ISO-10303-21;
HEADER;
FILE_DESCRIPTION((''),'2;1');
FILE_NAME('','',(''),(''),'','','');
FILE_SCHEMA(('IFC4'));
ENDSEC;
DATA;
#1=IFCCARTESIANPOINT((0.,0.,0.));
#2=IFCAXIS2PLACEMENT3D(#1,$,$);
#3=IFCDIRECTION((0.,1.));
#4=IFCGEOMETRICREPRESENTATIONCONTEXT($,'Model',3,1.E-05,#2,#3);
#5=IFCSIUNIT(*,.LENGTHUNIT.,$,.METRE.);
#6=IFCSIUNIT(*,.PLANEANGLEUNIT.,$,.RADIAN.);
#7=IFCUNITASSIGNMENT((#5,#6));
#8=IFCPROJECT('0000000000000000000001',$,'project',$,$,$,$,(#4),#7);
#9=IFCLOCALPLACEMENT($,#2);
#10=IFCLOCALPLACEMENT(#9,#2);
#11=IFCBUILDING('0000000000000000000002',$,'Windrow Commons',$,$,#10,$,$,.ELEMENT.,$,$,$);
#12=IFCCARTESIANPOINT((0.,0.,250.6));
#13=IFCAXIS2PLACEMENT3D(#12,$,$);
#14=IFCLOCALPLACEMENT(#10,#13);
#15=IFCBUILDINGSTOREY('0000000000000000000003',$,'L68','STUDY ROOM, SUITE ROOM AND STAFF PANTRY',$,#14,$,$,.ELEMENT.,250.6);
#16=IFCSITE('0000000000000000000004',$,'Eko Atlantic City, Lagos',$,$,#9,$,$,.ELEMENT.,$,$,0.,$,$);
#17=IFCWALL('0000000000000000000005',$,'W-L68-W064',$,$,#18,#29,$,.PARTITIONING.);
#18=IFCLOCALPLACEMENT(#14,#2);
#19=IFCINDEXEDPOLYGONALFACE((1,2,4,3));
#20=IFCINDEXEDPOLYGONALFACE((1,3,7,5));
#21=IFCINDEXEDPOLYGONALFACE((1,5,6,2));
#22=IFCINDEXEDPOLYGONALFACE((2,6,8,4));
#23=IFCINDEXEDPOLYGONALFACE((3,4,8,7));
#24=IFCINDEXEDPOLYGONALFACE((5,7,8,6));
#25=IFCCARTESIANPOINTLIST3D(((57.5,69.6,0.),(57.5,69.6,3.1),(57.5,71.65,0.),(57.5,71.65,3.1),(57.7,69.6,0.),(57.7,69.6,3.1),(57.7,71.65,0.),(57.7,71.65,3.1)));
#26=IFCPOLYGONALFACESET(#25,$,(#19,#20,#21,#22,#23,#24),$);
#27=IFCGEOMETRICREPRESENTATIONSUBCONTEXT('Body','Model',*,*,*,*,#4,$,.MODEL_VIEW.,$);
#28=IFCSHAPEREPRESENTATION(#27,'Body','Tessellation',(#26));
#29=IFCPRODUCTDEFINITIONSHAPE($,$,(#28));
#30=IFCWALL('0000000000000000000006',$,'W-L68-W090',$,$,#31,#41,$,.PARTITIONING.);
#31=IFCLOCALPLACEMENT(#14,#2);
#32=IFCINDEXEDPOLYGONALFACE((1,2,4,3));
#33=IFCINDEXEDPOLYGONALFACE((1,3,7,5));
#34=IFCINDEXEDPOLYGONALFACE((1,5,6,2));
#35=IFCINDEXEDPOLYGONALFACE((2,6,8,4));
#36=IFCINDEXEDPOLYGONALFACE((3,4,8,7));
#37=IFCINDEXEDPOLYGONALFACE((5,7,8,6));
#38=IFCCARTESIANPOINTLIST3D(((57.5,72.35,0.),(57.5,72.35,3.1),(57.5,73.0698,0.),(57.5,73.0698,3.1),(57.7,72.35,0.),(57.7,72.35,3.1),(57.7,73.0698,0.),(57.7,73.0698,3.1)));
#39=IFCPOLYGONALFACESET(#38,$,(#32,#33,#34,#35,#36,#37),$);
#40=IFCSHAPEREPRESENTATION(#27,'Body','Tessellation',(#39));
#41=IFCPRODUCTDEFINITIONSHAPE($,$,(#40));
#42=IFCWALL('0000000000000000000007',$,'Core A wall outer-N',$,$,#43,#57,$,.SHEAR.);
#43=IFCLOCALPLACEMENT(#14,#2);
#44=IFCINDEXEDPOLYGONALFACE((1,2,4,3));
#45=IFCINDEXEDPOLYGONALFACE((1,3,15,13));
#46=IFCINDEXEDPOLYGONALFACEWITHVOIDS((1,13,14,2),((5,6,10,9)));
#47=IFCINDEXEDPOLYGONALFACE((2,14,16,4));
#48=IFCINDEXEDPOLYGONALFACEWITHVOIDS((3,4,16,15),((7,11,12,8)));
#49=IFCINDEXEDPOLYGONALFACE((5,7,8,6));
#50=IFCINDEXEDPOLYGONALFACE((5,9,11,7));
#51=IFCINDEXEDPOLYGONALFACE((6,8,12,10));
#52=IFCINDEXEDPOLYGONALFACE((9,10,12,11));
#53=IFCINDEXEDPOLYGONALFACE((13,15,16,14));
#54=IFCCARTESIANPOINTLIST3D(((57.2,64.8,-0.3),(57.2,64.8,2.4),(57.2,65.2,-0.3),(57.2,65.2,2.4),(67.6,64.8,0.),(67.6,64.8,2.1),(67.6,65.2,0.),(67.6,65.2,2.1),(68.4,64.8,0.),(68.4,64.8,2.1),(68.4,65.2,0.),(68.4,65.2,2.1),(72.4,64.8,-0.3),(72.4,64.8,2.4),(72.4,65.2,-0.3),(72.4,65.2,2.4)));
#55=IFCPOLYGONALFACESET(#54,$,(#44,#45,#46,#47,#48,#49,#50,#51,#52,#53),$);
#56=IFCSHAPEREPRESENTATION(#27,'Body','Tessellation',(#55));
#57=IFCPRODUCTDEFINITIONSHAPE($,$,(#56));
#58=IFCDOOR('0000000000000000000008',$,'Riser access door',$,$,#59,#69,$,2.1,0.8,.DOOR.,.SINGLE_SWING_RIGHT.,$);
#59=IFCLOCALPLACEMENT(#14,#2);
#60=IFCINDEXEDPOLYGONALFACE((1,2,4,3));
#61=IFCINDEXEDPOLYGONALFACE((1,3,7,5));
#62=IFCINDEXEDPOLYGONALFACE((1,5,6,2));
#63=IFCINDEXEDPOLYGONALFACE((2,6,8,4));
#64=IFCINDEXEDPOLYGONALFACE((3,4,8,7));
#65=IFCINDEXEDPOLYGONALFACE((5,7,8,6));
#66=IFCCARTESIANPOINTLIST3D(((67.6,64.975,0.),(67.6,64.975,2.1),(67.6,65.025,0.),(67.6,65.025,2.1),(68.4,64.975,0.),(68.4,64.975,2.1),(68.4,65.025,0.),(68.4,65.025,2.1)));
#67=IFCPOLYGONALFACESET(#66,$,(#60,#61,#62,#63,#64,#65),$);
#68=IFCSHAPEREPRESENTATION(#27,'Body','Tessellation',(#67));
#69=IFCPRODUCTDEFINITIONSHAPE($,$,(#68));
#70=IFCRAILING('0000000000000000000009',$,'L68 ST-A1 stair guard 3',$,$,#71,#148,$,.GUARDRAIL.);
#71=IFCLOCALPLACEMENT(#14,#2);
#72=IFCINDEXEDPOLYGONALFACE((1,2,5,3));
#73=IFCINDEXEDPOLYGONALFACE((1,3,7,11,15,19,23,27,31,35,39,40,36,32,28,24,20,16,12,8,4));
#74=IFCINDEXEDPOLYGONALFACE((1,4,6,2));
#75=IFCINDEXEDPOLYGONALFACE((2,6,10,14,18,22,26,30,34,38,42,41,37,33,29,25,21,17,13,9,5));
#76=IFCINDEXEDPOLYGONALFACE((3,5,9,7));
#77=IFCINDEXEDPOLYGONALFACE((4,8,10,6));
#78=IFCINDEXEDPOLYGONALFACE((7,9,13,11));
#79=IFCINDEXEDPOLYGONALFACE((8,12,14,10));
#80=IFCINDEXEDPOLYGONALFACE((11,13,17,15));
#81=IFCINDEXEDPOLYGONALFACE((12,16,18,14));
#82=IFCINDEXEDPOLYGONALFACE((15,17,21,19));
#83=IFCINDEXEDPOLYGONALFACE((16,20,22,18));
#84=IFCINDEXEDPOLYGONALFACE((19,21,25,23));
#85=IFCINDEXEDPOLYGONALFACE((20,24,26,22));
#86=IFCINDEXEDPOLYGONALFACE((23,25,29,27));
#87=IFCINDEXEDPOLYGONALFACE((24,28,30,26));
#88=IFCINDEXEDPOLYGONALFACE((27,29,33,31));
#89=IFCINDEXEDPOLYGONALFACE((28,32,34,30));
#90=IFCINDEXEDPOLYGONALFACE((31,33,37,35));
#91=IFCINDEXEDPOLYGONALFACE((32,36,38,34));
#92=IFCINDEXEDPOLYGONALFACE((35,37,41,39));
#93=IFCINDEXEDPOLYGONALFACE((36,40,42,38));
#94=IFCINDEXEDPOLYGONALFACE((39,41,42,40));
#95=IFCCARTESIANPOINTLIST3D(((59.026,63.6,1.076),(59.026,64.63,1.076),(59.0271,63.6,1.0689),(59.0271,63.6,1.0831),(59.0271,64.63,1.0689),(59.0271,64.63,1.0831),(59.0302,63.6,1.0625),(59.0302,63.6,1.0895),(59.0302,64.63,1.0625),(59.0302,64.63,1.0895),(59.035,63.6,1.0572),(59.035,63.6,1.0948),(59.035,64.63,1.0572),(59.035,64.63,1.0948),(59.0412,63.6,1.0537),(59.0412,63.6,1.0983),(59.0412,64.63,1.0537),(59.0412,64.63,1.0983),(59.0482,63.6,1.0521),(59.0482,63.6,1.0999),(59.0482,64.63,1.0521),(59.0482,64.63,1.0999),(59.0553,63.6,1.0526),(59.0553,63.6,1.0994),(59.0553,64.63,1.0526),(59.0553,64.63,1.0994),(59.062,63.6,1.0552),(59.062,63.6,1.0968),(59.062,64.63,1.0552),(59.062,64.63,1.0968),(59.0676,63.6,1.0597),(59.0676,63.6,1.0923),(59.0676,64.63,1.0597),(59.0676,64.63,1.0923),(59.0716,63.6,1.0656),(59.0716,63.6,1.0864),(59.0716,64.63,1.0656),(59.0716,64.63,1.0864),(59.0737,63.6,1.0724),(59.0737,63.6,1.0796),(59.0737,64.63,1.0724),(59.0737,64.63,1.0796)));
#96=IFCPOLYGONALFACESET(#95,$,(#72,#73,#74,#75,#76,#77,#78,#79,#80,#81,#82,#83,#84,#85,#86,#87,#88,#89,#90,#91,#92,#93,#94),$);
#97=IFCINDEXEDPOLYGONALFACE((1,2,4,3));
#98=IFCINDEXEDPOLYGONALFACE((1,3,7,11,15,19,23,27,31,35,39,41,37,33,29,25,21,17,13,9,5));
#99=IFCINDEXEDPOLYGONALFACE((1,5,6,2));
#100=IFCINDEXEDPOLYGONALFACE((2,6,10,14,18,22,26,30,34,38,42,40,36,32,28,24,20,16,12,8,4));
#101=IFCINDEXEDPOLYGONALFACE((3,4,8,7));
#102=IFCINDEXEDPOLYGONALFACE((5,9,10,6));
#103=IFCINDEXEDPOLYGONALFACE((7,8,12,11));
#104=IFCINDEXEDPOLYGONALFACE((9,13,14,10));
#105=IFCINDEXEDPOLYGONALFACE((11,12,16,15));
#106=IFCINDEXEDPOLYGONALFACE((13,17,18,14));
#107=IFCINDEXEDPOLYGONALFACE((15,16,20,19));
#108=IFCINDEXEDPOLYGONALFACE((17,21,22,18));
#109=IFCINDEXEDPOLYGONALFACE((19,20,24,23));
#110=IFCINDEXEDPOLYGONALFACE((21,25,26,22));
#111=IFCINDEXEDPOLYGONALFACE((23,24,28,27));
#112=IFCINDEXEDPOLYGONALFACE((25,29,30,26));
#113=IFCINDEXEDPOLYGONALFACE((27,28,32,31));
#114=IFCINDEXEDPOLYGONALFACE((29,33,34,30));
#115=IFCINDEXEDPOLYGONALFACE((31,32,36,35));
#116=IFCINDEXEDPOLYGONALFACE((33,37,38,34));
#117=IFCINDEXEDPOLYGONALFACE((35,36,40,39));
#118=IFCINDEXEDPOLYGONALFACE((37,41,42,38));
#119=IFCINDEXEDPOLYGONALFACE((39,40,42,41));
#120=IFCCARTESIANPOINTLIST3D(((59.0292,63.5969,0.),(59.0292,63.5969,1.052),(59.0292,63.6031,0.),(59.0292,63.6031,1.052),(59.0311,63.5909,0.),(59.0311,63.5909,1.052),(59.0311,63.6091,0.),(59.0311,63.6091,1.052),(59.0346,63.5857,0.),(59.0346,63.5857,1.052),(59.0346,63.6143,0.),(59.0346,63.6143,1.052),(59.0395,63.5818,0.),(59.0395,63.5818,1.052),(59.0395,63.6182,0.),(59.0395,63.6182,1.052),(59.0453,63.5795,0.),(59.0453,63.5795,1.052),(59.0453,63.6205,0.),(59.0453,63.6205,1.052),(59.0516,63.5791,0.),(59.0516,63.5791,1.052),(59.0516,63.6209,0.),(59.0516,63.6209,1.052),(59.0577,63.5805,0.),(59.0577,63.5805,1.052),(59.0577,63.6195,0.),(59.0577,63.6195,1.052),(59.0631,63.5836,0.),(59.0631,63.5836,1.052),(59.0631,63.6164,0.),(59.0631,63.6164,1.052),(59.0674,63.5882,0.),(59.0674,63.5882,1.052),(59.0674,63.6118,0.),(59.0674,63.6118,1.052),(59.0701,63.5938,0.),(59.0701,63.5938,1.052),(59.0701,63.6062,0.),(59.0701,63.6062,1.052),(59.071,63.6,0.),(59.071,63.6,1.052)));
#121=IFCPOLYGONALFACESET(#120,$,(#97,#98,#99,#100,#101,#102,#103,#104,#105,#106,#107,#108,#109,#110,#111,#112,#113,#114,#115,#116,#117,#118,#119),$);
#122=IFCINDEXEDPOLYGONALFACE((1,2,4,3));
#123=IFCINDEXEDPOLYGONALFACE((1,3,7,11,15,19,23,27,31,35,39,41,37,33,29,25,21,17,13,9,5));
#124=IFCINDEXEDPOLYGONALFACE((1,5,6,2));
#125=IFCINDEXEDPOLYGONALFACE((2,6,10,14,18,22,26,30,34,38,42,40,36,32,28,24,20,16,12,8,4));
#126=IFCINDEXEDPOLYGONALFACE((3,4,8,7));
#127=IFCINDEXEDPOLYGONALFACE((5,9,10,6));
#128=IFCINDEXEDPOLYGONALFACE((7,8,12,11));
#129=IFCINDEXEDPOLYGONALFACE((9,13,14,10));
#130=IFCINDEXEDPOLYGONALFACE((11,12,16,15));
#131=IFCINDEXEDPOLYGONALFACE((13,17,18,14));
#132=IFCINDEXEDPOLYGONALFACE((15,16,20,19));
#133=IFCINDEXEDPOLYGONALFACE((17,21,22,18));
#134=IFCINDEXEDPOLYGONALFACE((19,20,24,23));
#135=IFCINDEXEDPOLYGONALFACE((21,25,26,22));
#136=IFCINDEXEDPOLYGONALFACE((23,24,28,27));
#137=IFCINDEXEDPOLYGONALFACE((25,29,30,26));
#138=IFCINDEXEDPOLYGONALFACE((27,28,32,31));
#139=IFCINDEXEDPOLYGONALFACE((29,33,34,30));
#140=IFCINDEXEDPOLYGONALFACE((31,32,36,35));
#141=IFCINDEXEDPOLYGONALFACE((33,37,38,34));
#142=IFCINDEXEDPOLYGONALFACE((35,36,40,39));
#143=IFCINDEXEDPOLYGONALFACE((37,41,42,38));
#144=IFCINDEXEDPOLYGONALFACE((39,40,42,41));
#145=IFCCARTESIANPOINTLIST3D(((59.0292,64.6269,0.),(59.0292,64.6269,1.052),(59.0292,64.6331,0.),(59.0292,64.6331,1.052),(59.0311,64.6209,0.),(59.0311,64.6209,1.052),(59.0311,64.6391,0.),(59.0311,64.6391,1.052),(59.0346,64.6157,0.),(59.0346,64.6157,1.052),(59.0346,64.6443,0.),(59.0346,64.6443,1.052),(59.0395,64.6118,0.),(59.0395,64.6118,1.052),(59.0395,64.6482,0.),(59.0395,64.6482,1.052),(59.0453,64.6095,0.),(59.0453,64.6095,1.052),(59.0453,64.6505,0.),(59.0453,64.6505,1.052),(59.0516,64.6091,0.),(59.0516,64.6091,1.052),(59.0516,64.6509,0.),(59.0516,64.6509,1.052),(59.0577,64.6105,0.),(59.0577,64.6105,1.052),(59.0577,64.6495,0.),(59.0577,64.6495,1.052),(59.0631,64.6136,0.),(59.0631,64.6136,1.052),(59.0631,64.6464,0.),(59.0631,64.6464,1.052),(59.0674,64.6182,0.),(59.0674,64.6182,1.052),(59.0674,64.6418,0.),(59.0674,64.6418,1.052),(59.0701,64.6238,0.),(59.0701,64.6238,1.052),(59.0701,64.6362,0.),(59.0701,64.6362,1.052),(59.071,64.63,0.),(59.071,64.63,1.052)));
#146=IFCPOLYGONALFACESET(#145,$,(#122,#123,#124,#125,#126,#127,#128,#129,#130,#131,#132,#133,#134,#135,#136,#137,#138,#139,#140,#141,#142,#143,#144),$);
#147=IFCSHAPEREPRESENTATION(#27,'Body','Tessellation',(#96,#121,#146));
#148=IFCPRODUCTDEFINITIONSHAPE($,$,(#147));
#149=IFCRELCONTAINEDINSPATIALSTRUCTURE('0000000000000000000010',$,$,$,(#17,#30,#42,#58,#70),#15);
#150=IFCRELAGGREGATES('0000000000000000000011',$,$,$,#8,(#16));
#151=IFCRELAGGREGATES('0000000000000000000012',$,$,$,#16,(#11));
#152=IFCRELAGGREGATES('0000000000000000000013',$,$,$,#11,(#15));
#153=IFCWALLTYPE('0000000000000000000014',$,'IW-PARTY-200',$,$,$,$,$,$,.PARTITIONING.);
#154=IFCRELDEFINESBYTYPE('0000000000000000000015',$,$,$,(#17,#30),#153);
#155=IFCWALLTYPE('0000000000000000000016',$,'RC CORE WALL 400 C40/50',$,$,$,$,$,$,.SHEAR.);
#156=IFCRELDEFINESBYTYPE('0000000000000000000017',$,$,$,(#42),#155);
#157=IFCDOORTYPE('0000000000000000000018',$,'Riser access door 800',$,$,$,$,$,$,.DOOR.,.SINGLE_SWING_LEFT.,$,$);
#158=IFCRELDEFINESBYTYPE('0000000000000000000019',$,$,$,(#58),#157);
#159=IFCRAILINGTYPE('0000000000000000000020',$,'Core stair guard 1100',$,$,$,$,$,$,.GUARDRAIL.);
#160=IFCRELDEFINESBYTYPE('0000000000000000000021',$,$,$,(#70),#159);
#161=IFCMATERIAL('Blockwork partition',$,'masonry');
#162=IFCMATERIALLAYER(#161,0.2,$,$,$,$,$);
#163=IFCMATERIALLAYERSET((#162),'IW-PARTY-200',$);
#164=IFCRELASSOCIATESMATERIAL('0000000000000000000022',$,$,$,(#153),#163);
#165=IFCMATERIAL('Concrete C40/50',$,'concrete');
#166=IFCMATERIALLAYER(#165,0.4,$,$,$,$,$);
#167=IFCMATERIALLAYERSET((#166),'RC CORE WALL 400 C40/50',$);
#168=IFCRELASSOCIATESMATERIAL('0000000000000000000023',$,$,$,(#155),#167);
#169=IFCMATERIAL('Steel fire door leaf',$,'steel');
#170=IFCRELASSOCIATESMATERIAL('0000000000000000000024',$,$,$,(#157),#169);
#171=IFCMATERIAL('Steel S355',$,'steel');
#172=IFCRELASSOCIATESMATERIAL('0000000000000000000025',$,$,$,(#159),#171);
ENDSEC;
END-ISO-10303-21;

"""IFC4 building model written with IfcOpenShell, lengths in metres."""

from ifc_helpers import new_model, si_unit, direction, frame, frame_2d, origin, origin_2d, place, context, subcontext, project, spatial, rectangle, circle, extrude, material, layer, layer_set, type_object, element, fill, save


model = new_model("IFC4")

# Units and contexts
model_context = context("Model", 3, precision=1e-05, world=origin(), true_north=direction((0.0, 1.0)))
body_context = subcontext(model_context, "Body", "Model", "MODEL_VIEW")
ifc_project = project(units=[si_unit("LENGTHUNIT", "METRE"), si_unit("PLANEANGLEUNIT", "RADIAN")], contexts=[model_context])

# Site, building, storey
site_placement = place(None, origin())
site = spatial("IfcSite", under=ifc_project, at=site_placement, Name="Eko Atlantic City, Lagos", CompositionType="ELEMENT", RefElevation=0.0)
building_placement = place(site_placement, origin())
building = spatial("IfcBuilding", under=site, at=building_placement, Name="Windrow Commons", CompositionType="ELEMENT")
storey_placement = place(building_placement, frame((0.0, 0.0, 250.6)))
storey = spatial("IfcBuildingStorey", under=building, at=storey_placement, Name="L68", Description="STUDY ROOM, SUITE ROOM AND STAFF PANTRY", CompositionType="ELEMENT", Elevation=250.6)

# Walls
ifc_material_1 = material(Name="Blockwork partition", Category="masonry")
ifc_layer_1 = layer(ifc_material_1, 0.2)
ifc_layer_set_1 = layer_set([ifc_layer_1], Name="IW-PARTY-200")
wall_type_1 = type_object("IfcWallType", Name="IW-PARTY-200", PredefinedType="PARTITIONING", material=ifc_layer_set_1)
wall_1_placement = place(storey_placement, frame((57.6, 69.6, 0.0), z_axis=(0.0, 0.0, 1.0), x_axis=(0.0, 1.0, 0.0)))
element("IfcWall", 1, at=wall_1_placement, inside=storey, type_object=wall_type_1, Name="W-L68-W064", PredefinedType="PARTITIONING", context=body_context, shape_type="SweptSolid", body=[
    extrude(rectangle(XDim=2.05, YDim=0.2, at=frame_2d((1.025, 0.0))), origin(), (0.0, 0.0, 1.0), 3.1),
])
wall_2_placement = place(storey_placement, frame((57.6, 72.35, 0.0), z_axis=(0.0, 0.0, 1.0), x_axis=(0.0, 1.0, 0.0)))
element("IfcWall", 2, at=wall_2_placement, inside=storey, type_object=wall_type_1, Name="W-L68-W090", PredefinedType="PARTITIONING", context=body_context, shape_type="SweptSolid", body=[
    extrude(rectangle(XDim=0.7198, YDim=0.2, at=frame_2d((0.3599, 0.0))), origin(), (0.0, 0.0, 1.0), 3.1),
])

# Wall, opening, door
ifc_material_2 = material(Name="Concrete C40/50", Category="concrete")
ifc_layer_2 = layer(ifc_material_2, 0.4)
ifc_layer_set_2 = layer_set([ifc_layer_2], Name="RC CORE WALL 400 C40/50")
wall_type_2 = type_object("IfcWallType", Name="RC CORE WALL 400 C40/50", PredefinedType="SHEAR", material=ifc_layer_set_2)
wall_3_placement = place(storey_placement, frame((57.2, 65.0, -0.3), z_axis=(0.0, 0.0, 1.0), x_axis=(1.0, 0.0, 0.0)))
wall_3 = element("IfcWall", 3, at=wall_3_placement, inside=storey, type_object=wall_type_2, Name="Core A wall outer-N", PredefinedType="SHEAR", context=body_context, shape_type="SweptSolid", body=[
    extrude(rectangle(XDim=15.2, YDim=0.4, at=frame_2d((7.6, 0.0))), origin(), (0.0, 0.0, 1.0), 2.7),
])
opening_1_placement = place(wall_3_placement, frame((10.4, 0.0, 0.3)))
opening_1 = element("IfcOpeningElement", 4, at=opening_1_placement, cuts=wall_3, PredefinedType="OPENING", context=body_context, shape_type="SweptSolid", body=[
    extrude(rectangle(XDim=0.8, YDim=2.1, at=frame_2d((0.4, 1.05))), frame((0.0, 0.21, 0.0), z_axis=(0.0, -1.0, 0.0), x_axis=(1.0, 0.0, 0.0)), (0.0, 0.0, 1.0), 0.42),
])
ifc_material_3 = material(Name="Steel fire door leaf", Category="steel")
door_type_1 = type_object("IfcDoorType", Name="Riser access door 800", OperationType="SINGLE_SWING_LEFT", PredefinedType="DOOR", material=ifc_material_3)
door_1_placement = place(opening_1_placement, origin())
door_1 = element("IfcDoor", 5, at=door_1_placement, inside=storey, type_object=door_type_1, Name="Riser access door", OperationType="SINGLE_SWING_RIGHT", OverallHeight=2.1, OverallWidth=0.8, PredefinedType="DOOR", context=body_context, shape_type="SweptSolid", body=[
    extrude(rectangle(XDim=0.8, YDim=2.1, at=frame_2d((0.4, 1.05))), frame((0.0, 0.025, 0.0), z_axis=(0.0, -1.0, 0.0), x_axis=(1.0, 0.0, 0.0)), (0.0, 0.0, 1.0), 0.05),
])
fill(opening_1, door_1)

# Railing
ifc_material_4 = material(Name="Steel S355", Category="steel")
railing_type_1 = type_object("IfcRailingType", Name="Core stair guard 1100", PredefinedType="GUARDRAIL", material=ifc_material_4)
for number, where, name in (
    (6, (59.05, 63.6, 0.0), "L68 ST-A1 stair guard 3"),
):
    element("IfcRailing", number, at=place(storey_placement, frame(where)), inside=storey, type_object=railing_type_1, Name=name, PredefinedType="GUARDRAIL", context=body_context, shape_type="SweptSolid", body=[
        extrude(circle(Radius=0.024, at=origin_2d()), frame((0.0, 0.0, 1.076), z_axis=(0.0, 1.0, 0.0), x_axis=(-1.0, 0.0, 0.0)), (0.0, 0.0, 1.0), 1.03),
        extrude(circle(Radius=0.021, at=origin_2d()), origin(), (0.0, 0.0, 1.0), 1.052),
        extrude(circle(Radius=0.021, at=origin_2d()), frame((0.0, 1.03, 0.0)), (0.0, 0.0, 1.0), 1.052),
    ])

save(model, "model.ifc")
